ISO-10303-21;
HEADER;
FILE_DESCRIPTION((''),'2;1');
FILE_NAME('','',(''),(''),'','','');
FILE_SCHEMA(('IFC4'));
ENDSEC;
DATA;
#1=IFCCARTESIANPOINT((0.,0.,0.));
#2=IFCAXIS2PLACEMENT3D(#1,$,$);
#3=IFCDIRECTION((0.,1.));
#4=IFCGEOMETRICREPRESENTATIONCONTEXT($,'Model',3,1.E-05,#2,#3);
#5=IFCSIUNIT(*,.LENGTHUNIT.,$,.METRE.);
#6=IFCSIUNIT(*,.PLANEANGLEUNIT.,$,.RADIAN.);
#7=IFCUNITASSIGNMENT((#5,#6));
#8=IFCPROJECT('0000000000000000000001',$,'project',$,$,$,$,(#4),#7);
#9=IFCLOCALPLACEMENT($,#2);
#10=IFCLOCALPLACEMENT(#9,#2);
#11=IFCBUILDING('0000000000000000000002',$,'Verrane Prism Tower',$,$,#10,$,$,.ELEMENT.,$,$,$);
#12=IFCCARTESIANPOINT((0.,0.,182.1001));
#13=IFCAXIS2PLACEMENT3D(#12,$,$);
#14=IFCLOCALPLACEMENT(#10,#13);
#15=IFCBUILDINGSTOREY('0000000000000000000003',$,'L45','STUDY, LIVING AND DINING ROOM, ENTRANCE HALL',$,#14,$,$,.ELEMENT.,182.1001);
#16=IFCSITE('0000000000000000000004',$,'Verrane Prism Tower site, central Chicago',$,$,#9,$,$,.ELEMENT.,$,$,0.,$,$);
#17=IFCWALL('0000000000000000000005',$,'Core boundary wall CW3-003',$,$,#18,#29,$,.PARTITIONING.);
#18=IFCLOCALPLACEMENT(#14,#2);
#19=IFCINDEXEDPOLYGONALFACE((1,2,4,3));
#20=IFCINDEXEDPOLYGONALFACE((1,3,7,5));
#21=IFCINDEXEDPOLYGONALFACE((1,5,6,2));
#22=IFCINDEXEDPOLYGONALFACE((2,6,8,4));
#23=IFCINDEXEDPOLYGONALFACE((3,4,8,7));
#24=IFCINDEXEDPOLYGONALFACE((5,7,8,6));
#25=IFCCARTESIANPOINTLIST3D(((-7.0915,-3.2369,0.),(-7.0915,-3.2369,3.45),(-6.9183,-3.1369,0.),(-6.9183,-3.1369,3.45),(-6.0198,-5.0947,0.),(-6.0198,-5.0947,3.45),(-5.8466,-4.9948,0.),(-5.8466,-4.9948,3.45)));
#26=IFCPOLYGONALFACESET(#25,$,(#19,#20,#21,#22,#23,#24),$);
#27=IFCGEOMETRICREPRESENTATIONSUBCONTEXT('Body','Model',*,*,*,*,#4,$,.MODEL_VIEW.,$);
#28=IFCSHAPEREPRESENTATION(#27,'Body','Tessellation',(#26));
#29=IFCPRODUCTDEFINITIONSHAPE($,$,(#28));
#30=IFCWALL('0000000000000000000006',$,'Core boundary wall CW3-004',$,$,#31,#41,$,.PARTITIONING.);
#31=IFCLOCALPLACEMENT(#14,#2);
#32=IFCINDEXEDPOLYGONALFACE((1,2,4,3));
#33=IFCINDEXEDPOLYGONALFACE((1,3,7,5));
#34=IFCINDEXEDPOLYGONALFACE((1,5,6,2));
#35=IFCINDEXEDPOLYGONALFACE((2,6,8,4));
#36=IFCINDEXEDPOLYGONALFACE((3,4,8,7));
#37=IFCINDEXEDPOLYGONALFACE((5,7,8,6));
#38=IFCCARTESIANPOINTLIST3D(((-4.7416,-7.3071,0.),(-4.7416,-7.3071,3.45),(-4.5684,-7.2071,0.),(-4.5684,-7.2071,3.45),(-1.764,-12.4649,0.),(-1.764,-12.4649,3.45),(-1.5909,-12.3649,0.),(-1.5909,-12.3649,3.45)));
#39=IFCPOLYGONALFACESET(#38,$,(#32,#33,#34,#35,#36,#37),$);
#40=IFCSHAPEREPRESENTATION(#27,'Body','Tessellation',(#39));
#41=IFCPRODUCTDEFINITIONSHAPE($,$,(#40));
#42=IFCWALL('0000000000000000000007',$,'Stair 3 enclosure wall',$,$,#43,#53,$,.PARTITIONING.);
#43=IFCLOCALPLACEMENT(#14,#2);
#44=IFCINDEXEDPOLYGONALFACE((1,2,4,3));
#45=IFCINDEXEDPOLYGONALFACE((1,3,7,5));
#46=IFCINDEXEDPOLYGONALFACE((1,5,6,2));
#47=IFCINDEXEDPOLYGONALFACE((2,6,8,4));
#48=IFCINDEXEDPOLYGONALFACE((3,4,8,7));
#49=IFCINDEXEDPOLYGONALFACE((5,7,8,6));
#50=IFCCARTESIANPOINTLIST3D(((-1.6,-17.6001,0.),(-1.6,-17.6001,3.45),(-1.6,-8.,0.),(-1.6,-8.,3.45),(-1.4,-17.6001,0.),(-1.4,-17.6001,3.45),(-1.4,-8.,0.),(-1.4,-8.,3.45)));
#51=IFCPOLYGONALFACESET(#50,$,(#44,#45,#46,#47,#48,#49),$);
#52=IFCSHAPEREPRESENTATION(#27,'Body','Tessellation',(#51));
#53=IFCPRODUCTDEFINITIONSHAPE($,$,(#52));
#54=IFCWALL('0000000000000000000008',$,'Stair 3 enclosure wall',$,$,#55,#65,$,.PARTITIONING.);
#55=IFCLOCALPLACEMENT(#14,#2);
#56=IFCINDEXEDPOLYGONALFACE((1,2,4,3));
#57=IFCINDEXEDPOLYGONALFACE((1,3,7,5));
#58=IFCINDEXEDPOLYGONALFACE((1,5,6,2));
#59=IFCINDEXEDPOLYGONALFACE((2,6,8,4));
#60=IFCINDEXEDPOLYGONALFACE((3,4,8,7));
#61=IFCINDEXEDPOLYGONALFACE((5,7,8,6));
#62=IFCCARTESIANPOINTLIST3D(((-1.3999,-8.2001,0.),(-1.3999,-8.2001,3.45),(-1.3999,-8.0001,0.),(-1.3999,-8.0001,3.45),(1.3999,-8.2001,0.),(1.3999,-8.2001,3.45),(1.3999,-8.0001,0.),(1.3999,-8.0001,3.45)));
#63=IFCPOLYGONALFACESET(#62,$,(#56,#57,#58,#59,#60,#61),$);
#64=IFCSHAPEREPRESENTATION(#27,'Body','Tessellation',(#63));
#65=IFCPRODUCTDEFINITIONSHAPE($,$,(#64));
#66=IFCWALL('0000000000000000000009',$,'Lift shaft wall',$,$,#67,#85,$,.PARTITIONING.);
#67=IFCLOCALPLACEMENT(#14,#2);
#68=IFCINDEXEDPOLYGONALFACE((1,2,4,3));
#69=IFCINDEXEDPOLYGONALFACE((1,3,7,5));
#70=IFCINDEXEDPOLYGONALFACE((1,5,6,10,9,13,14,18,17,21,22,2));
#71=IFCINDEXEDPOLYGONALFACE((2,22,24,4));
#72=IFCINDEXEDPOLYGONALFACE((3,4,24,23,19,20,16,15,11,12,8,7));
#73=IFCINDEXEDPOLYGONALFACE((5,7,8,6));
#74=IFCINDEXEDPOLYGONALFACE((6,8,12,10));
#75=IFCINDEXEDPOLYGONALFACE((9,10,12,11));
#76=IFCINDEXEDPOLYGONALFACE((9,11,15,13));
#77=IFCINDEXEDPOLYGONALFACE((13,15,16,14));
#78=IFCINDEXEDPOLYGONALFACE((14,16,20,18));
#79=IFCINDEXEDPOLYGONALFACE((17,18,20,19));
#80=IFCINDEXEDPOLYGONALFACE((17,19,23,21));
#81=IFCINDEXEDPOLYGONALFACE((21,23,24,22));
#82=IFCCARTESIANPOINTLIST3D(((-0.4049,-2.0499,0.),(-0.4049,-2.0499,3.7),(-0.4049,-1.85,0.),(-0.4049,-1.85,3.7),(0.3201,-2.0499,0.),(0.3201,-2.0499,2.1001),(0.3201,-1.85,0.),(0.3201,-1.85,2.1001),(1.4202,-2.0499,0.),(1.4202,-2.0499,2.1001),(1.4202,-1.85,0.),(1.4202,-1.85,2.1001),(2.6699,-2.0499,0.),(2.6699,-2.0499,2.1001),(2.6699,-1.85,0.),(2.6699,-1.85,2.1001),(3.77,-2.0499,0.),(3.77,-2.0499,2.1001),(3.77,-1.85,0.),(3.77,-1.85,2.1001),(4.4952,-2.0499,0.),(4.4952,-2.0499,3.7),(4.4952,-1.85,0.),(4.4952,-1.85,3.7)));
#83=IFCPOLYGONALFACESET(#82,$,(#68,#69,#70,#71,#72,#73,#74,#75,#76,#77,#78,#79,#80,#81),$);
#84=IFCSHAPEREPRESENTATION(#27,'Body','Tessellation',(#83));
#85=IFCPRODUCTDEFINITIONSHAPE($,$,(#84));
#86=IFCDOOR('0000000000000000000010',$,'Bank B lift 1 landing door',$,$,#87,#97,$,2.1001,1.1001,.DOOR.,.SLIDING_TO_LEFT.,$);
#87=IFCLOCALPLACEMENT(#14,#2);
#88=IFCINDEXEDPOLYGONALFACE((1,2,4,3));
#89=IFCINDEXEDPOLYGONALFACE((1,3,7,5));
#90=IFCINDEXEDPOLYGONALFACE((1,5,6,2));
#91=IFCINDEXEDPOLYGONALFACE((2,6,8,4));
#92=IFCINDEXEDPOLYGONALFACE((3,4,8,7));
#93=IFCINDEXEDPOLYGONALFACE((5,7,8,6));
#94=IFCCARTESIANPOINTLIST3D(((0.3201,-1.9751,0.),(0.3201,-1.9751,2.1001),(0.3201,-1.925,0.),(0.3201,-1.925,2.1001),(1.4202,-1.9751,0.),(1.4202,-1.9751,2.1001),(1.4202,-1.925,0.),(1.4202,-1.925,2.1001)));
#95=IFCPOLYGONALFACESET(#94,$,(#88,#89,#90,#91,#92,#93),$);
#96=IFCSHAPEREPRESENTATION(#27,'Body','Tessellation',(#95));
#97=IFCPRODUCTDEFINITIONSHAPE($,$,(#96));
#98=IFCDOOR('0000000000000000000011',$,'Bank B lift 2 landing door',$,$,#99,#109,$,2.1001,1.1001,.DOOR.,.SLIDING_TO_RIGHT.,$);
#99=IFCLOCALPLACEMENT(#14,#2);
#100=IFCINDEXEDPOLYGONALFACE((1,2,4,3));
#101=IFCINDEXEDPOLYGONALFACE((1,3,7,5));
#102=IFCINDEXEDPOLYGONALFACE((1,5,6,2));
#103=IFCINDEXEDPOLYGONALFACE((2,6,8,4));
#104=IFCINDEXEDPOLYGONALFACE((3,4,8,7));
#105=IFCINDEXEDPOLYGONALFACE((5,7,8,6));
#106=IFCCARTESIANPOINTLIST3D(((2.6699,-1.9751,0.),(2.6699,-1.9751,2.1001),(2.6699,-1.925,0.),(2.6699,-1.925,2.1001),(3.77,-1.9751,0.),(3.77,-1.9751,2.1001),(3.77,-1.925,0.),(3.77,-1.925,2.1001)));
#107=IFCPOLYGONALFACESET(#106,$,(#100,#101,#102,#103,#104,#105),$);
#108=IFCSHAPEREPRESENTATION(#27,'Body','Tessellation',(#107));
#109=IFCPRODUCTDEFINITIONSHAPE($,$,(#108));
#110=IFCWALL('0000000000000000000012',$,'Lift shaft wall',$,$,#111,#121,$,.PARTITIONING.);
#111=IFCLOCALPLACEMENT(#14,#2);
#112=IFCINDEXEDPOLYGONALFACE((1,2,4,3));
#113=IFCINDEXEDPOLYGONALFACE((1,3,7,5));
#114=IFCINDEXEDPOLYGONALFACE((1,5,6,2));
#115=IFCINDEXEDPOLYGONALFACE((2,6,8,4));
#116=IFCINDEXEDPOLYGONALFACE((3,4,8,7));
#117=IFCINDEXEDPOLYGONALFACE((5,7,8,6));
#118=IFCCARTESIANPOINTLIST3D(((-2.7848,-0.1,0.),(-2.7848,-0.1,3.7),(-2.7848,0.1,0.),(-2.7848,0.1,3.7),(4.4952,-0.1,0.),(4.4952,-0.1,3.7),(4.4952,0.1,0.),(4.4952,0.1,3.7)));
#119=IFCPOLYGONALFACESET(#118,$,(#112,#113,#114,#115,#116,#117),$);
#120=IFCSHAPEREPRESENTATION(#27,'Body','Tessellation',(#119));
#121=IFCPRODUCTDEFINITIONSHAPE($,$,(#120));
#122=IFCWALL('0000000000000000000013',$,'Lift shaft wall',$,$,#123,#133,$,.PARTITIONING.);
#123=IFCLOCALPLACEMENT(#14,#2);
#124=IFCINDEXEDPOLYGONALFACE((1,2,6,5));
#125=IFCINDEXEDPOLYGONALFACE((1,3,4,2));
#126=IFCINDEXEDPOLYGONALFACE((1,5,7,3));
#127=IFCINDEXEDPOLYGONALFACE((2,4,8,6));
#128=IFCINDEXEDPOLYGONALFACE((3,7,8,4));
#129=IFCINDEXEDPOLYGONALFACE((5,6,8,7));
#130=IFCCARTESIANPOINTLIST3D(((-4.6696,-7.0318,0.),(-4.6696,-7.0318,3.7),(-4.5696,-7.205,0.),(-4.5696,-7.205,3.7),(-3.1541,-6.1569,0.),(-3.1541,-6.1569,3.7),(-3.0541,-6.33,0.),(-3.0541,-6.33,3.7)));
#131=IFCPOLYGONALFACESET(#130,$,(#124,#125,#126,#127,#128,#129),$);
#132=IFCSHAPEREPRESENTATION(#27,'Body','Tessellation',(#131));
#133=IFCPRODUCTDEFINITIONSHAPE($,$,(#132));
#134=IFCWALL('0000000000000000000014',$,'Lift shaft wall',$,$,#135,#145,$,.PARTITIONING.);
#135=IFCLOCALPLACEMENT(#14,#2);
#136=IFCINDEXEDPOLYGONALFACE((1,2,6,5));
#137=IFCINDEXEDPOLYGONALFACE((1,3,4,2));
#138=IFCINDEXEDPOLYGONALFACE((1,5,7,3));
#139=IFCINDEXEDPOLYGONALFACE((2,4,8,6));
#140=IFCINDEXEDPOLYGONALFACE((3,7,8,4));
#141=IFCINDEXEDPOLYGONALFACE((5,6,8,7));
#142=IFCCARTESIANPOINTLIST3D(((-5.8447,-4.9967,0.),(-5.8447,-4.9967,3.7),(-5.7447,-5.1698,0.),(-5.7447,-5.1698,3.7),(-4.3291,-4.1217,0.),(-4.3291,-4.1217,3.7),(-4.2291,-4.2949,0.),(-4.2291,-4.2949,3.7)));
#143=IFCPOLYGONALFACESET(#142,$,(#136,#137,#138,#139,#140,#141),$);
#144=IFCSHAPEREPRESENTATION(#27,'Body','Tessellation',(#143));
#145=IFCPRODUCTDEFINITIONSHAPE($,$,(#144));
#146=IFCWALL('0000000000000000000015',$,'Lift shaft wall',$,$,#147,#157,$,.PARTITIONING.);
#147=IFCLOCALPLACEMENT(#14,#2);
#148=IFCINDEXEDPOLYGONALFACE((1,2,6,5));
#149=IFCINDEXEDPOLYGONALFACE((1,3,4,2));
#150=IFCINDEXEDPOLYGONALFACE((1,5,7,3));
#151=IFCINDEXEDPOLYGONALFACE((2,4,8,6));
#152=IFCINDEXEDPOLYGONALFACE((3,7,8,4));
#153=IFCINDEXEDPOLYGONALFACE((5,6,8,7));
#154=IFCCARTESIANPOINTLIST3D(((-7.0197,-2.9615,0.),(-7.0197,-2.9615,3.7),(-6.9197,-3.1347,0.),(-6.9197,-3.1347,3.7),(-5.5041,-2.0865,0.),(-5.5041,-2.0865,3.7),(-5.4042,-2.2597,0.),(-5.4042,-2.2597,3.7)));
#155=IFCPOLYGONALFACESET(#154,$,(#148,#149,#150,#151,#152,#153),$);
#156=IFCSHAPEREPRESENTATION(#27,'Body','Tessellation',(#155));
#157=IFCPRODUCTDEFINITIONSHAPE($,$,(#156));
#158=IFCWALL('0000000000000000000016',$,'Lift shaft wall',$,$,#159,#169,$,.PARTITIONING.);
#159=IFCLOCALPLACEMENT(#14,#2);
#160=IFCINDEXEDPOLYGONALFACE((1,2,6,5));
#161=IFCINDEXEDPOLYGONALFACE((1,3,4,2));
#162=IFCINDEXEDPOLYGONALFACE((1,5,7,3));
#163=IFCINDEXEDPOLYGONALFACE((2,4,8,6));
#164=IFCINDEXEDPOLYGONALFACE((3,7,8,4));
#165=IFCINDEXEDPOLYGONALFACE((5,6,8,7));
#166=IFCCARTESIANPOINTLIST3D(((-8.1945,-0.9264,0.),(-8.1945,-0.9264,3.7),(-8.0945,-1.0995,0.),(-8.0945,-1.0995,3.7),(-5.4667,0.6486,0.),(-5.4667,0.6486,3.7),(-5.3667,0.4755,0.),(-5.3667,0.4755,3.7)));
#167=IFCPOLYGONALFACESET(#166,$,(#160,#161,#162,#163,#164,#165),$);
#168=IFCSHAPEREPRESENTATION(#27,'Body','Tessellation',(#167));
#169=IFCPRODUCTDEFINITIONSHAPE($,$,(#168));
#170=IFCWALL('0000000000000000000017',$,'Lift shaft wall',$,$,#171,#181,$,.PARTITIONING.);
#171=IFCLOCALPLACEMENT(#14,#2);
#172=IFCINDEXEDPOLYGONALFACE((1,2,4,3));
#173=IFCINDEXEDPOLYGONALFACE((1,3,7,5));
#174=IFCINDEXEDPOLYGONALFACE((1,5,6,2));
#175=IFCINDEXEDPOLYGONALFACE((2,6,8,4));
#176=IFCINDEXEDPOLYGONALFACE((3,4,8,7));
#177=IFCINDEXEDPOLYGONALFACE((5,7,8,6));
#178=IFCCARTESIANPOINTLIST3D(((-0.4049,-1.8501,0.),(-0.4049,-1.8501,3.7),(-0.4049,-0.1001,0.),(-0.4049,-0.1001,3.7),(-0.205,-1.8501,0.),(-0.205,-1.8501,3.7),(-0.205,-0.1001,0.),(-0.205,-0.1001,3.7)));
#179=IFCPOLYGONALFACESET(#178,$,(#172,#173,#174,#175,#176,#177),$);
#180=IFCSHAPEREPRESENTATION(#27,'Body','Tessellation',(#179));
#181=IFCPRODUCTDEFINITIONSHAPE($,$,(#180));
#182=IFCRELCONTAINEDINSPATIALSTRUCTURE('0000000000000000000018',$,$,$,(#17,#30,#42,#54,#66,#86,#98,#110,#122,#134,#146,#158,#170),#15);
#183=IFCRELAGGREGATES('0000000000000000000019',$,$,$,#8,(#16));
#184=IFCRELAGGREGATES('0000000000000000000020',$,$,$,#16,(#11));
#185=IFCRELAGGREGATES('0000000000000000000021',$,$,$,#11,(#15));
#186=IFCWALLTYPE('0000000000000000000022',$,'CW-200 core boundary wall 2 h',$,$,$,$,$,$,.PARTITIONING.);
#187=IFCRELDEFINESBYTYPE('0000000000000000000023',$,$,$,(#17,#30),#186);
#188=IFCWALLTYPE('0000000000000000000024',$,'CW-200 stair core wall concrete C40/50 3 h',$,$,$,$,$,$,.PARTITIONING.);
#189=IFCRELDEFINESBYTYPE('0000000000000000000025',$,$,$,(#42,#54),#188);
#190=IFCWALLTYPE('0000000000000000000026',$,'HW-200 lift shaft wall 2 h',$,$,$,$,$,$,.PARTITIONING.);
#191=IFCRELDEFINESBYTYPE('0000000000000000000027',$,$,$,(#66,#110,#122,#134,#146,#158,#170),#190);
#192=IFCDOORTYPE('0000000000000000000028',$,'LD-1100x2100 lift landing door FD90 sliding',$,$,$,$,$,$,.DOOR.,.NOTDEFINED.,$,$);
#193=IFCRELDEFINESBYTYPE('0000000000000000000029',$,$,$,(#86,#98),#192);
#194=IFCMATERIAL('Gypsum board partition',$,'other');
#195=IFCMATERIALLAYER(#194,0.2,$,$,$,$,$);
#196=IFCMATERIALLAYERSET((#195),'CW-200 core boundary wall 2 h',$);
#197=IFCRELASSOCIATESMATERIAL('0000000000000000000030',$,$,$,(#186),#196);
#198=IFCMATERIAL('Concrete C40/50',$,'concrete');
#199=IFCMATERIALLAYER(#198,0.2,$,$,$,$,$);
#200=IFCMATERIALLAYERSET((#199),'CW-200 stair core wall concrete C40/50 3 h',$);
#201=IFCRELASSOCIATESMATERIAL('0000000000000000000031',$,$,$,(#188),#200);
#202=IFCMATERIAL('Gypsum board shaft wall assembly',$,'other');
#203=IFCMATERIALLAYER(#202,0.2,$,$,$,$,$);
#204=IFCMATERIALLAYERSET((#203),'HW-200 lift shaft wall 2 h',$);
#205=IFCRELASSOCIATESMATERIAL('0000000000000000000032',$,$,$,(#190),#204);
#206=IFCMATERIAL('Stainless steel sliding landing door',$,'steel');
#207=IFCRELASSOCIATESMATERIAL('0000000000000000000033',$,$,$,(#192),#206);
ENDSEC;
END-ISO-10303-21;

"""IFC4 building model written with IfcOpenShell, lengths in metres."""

from ifc_helpers import new_model, si_unit, direction, frame, frame_2d, origin, place, context, subcontext, project, spatial, rectangle, extrude, material, layer, layer_set, type_object, element, fill, save


model = new_model("IFC4")

# Units and contexts
model_context = context("Model", 3, precision=1e-05, world=origin(), true_north=direction((0.0, 1.0)))
body_context = subcontext(model_context, "Body", "Model", "MODEL_VIEW")
ifc_project = project(units=[si_unit("LENGTHUNIT", "METRE"), si_unit("PLANEANGLEUNIT", "RADIAN")], contexts=[model_context])

# Site, building, storey
site_placement = place(None, origin())
site = spatial("IfcSite", under=ifc_project, at=site_placement, Name="Verrane Prism Tower site, central Chicago", CompositionType="ELEMENT", RefElevation=0.0)
building_placement = place(site_placement, origin())
building = spatial("IfcBuilding", under=site, at=building_placement, Name="Verrane Prism Tower", CompositionType="ELEMENT")
storey_placement = place(building_placement, frame((0.0, 0.0, 182.1001)))
storey = spatial("IfcBuildingStorey", under=building, at=storey_placement, Name="L45", Description="STUDY, LIVING AND DINING ROOM, ENTRANCE HALL", CompositionType="ELEMENT", Elevation=182.1001)

# Walls
ifc_material_1 = material(Name="Gypsum board partition", Category="other")
ifc_layer_1 = layer(ifc_material_1, 0.2)
ifc_layer_set_1 = layer_set([ifc_layer_1], Name="CW-200 core boundary wall 2 h")
wall_type_1 = type_object("IfcWallType", Name="CW-200 core boundary wall 2 h", PredefinedType="PARTITIONING", material=ifc_layer_set_1)
wall_1_placement = place(storey_placement, frame((-7.0049, -3.187, 0.0), z_axis=(0.0, 0.0, 1.0), x_axis=(0.49969, -0.866205, 0.0)))
element("IfcWall", 1, at=wall_1_placement, inside=storey, type_object=wall_type_1, Name="Core boundary wall CW3-003", PredefinedType="PARTITIONING", context=body_context, shape_type="SweptSolid", body=[
    extrude(rectangle(XDim=2.1448, YDim=0.2, at=frame_2d((1.0723, 0.0))), origin(), (0.0, 0.0, 1.0), 3.45),
])
wall_2_placement = place(storey_placement, frame((-4.655, -7.2571, 0.0), z_axis=(0.0, 0.0, 1.0), x_axis=(0.499966, -0.866045, 0.0)))
element("IfcWall", 2, at=wall_2_placement, inside=storey, type_object=wall_type_1, Name="Core boundary wall CW3-004", PredefinedType="PARTITIONING", context=body_context, shape_type="SweptSolid", body=[
    extrude(rectangle(XDim=5.9556, YDim=0.2, at=frame_2d((2.9778, 0.0))), origin(), (0.0, 0.0, 1.0), 3.45),
])
ifc_material_2 = material(Name="Concrete C40/50", Category="concrete")
ifc_layer_2 = layer(ifc_material_2, 0.2)
ifc_layer_set_2 = layer_set([ifc_layer_2], Name="CW-200 stair core wall concrete C40/50 3 h")
wall_type_2 = type_object("IfcWallType", Name="CW-200 stair core wall concrete C40/50 3 h", PredefinedType="PARTITIONING", material=ifc_layer_set_2)
wall_3_placement = place(storey_placement, frame((-1.5, -8.0, 0.0), z_axis=(0.0, 0.0, 1.0), x_axis=(0.0, -1.0, 0.0)))
element("IfcWall", 3, at=wall_3_placement, inside=storey, type_object=wall_type_2, Name="Stair 3 enclosure wall", PredefinedType="PARTITIONING", context=body_context, shape_type="SweptSolid", body=[
    extrude(rectangle(XDim=9.6001, YDim=0.2, at=frame_2d((4.8, 0.0))), origin(), (0.0, 0.0, 1.0), 3.45),
])
wall_4_placement = place(storey_placement, frame((-1.3999, -8.1001, 0.0), z_axis=(0.0, 0.0, 1.0), x_axis=(1.0, 0.0, 0.0)))
element("IfcWall", 4, at=wall_4_placement, inside=storey, type_object=wall_type_2, Name="Stair 3 enclosure wall", PredefinedType="PARTITIONING", context=body_context, shape_type="SweptSolid", body=[
    extrude(rectangle(XDim=2.7998, YDim=0.2, at=frame_2d((1.3999, 0.0))), origin(), (0.0, 0.0, 1.0), 3.45),
])

# Wall, openings, doors
ifc_material_3 = material(Name="Gypsum board shaft wall assembly", Category="other")
ifc_layer_3 = layer(ifc_material_3, 0.2)
ifc_layer_set_3 = layer_set([ifc_layer_3], Name="HW-200 lift shaft wall 2 h")
wall_type_3 = type_object("IfcWallType", Name="HW-200 lift shaft wall 2 h", PredefinedType="PARTITIONING", material=ifc_layer_set_3)
wall_5_placement = place(storey_placement, frame((-0.405, -1.95, 0.0), z_axis=(0.0, 0.0, 1.0), x_axis=(1.0, 0.0, 0.0)))
wall_5 = element("IfcWall", 5, at=wall_5_placement, inside=storey, type_object=wall_type_3, Name="Lift shaft wall", PredefinedType="PARTITIONING", context=body_context, shape_type="SweptSolid", body=[
    extrude(rectangle(XDim=4.9001, YDim=0.2, at=frame_2d((2.4502, 0.0))), origin(), (0.0, 0.0, 1.0), 3.7),
])
opening_1_placement = place(wall_5_placement, frame((0.7251, 0.0, 0.0)))
opening_1 = element("IfcOpeningElement", 6, at=opening_1_placement, cuts=wall_5, PredefinedType="OPENING", context=body_context, shape_type="SweptSolid", body=[
    extrude(rectangle(XDim=1.1001, YDim=2.1001, at=frame_2d((0.55, 1.05))), frame((0.0, 0.1099, 0.0), z_axis=(0.0, -1.0, 0.0), x_axis=(1.0, 0.0, 0.0)), (0.0, 0.0, 1.0), 0.22),
])
opening_2_placement = place(wall_5_placement, frame((3.075, 0.0, 0.0)))
opening_2 = element("IfcOpeningElement", 7, at=opening_2_placement, cuts=wall_5, PredefinedType="OPENING", context=body_context, shape_type="SweptSolid", body=[
    extrude(rectangle(XDim=1.1001, YDim=2.1001, at=frame_2d((0.55, 1.05))), frame((0.0, 0.1099, 0.0), z_axis=(0.0, -1.0, 0.0), x_axis=(1.0, 0.0, 0.0)), (0.0, 0.0, 1.0), 0.22),
])
ifc_material_4 = material(Name="Stainless steel sliding landing door", Category="steel")
door_type = type_object("IfcDoorType", Name="LD-1100x2100 lift landing door FD90 sliding", OperationType="NOTDEFINED", PredefinedType="DOOR", material=ifc_material_4)
door_1_placement = place(opening_1_placement, origin())
door_1 = element("IfcDoor", 8, at=door_1_placement, inside=storey, type_object=door_type, Name="Bank B lift 1 landing door", OperationType="SLIDING_TO_LEFT", OverallHeight=2.1001, OverallWidth=1.1001, PredefinedType="DOOR", context=body_context, shape_type="SweptSolid", body=[
    extrude(rectangle(XDim=1.1001, YDim=2.1001, at=frame_2d((0.55, 1.05))), frame((0.0, 0.0249, 0.0), z_axis=(0.0, -1.0, 0.0), x_axis=(1.0, 0.0, 0.0)), (0.0, 0.0, 1.0), 0.05),
])
fill(opening_1, door_1)
door_2_placement = place(opening_2_placement, origin())
door_2 = element("IfcDoor", 9, at=door_2_placement, inside=storey, type_object=door_type, Name="Bank B lift 2 landing door", OperationType="SLIDING_TO_RIGHT", OverallHeight=2.1001, OverallWidth=1.1001, PredefinedType="DOOR", context=body_context, shape_type="SweptSolid", body=[
    extrude(rectangle(XDim=1.1001, YDim=2.1001, at=frame_2d((0.55, 1.05))), frame((0.0, 0.0249, 0.0), z_axis=(0.0, -1.0, 0.0), x_axis=(1.0, 0.0, 0.0)), (0.0, 0.0, 1.0), 0.05),
])
fill(opening_2, door_2)

# Walls
wall_6_placement = place(storey_placement, frame((-2.7849, 0.0, 0.0), z_axis=(0.0, 0.0, 1.0), x_axis=(1.0, 0.0, 0.0)))
element("IfcWall", 10, at=wall_6_placement, inside=storey, type_object=wall_type_3, Name="Lift shaft wall", PredefinedType="PARTITIONING", context=body_context, shape_type="SweptSolid", body=[
    extrude(rectangle(XDim=7.28, YDim=0.2, at=frame_2d((3.6401, 0.0))), origin(), (0.0, 0.0, 1.0), 3.7),
])
for number, where, z_axis, x_axis, name in (
    (11, (-4.6196, -7.1184, 0.0), (0.0, 0.0, 1.0), (0.866037, 0.49998, 0.0), "Lift shaft wall"),
    (12, (-5.7947, -5.0833, 0.0), (0.0, 0.0, 1.0), (0.866037, 0.49998, 0.0), "Lift shaft wall"),
    (13, (-6.9697, -3.0481, 0.0), (0.0, 0.0, 1.0), (0.866037, 0.49998, 0.0), "Lift shaft wall"),
):
    element("IfcWall", number, at=place(storey_placement, frame(where, z_axis=z_axis, x_axis=x_axis)), inside=storey, type_object=wall_type_3, Name=name, PredefinedType="PARTITIONING", context=body_context, shape_type="SweptSolid", body=[
        extrude(rectangle(XDim=1.75, YDim=0.2, at=frame_2d((0.875, 0.0))), origin(), (0.0, 0.0, 1.0), 3.7),
    ])
wall_7_placement = place(storey_placement, frame((-8.1445, -1.0129, 0.0), z_axis=(0.0, 0.0, 1.0), x_axis=(0.866016, 0.500015, 0.0)))
element("IfcWall", 14, at=wall_7_placement, inside=storey, type_object=wall_type_3, Name="Lift shaft wall", PredefinedType="PARTITIONING", context=body_context, shape_type="SweptSolid", body=[
    extrude(rectangle(XDim=3.1499, YDim=0.2, at=frame_2d((1.575, 0.0))), origin(), (0.0, 0.0, 1.0), 3.7),
])
wall_8_placement = place(storey_placement, frame((-0.3049, -1.8501, 0.0), z_axis=(0.0, 0.0, 1.0), x_axis=(0.0, 1.0, 0.0)))
element("IfcWall", 15, at=wall_8_placement, inside=storey, type_object=wall_type_3, Name="Lift shaft wall", PredefinedType="PARTITIONING", context=body_context, shape_type="SweptSolid", body=[
    extrude(rectangle(XDim=1.75, YDim=0.2, at=frame_2d((0.875, 0.0))), origin(), (0.0, 0.0, 1.0), 3.7),
])

save(model, "model.ifc")
